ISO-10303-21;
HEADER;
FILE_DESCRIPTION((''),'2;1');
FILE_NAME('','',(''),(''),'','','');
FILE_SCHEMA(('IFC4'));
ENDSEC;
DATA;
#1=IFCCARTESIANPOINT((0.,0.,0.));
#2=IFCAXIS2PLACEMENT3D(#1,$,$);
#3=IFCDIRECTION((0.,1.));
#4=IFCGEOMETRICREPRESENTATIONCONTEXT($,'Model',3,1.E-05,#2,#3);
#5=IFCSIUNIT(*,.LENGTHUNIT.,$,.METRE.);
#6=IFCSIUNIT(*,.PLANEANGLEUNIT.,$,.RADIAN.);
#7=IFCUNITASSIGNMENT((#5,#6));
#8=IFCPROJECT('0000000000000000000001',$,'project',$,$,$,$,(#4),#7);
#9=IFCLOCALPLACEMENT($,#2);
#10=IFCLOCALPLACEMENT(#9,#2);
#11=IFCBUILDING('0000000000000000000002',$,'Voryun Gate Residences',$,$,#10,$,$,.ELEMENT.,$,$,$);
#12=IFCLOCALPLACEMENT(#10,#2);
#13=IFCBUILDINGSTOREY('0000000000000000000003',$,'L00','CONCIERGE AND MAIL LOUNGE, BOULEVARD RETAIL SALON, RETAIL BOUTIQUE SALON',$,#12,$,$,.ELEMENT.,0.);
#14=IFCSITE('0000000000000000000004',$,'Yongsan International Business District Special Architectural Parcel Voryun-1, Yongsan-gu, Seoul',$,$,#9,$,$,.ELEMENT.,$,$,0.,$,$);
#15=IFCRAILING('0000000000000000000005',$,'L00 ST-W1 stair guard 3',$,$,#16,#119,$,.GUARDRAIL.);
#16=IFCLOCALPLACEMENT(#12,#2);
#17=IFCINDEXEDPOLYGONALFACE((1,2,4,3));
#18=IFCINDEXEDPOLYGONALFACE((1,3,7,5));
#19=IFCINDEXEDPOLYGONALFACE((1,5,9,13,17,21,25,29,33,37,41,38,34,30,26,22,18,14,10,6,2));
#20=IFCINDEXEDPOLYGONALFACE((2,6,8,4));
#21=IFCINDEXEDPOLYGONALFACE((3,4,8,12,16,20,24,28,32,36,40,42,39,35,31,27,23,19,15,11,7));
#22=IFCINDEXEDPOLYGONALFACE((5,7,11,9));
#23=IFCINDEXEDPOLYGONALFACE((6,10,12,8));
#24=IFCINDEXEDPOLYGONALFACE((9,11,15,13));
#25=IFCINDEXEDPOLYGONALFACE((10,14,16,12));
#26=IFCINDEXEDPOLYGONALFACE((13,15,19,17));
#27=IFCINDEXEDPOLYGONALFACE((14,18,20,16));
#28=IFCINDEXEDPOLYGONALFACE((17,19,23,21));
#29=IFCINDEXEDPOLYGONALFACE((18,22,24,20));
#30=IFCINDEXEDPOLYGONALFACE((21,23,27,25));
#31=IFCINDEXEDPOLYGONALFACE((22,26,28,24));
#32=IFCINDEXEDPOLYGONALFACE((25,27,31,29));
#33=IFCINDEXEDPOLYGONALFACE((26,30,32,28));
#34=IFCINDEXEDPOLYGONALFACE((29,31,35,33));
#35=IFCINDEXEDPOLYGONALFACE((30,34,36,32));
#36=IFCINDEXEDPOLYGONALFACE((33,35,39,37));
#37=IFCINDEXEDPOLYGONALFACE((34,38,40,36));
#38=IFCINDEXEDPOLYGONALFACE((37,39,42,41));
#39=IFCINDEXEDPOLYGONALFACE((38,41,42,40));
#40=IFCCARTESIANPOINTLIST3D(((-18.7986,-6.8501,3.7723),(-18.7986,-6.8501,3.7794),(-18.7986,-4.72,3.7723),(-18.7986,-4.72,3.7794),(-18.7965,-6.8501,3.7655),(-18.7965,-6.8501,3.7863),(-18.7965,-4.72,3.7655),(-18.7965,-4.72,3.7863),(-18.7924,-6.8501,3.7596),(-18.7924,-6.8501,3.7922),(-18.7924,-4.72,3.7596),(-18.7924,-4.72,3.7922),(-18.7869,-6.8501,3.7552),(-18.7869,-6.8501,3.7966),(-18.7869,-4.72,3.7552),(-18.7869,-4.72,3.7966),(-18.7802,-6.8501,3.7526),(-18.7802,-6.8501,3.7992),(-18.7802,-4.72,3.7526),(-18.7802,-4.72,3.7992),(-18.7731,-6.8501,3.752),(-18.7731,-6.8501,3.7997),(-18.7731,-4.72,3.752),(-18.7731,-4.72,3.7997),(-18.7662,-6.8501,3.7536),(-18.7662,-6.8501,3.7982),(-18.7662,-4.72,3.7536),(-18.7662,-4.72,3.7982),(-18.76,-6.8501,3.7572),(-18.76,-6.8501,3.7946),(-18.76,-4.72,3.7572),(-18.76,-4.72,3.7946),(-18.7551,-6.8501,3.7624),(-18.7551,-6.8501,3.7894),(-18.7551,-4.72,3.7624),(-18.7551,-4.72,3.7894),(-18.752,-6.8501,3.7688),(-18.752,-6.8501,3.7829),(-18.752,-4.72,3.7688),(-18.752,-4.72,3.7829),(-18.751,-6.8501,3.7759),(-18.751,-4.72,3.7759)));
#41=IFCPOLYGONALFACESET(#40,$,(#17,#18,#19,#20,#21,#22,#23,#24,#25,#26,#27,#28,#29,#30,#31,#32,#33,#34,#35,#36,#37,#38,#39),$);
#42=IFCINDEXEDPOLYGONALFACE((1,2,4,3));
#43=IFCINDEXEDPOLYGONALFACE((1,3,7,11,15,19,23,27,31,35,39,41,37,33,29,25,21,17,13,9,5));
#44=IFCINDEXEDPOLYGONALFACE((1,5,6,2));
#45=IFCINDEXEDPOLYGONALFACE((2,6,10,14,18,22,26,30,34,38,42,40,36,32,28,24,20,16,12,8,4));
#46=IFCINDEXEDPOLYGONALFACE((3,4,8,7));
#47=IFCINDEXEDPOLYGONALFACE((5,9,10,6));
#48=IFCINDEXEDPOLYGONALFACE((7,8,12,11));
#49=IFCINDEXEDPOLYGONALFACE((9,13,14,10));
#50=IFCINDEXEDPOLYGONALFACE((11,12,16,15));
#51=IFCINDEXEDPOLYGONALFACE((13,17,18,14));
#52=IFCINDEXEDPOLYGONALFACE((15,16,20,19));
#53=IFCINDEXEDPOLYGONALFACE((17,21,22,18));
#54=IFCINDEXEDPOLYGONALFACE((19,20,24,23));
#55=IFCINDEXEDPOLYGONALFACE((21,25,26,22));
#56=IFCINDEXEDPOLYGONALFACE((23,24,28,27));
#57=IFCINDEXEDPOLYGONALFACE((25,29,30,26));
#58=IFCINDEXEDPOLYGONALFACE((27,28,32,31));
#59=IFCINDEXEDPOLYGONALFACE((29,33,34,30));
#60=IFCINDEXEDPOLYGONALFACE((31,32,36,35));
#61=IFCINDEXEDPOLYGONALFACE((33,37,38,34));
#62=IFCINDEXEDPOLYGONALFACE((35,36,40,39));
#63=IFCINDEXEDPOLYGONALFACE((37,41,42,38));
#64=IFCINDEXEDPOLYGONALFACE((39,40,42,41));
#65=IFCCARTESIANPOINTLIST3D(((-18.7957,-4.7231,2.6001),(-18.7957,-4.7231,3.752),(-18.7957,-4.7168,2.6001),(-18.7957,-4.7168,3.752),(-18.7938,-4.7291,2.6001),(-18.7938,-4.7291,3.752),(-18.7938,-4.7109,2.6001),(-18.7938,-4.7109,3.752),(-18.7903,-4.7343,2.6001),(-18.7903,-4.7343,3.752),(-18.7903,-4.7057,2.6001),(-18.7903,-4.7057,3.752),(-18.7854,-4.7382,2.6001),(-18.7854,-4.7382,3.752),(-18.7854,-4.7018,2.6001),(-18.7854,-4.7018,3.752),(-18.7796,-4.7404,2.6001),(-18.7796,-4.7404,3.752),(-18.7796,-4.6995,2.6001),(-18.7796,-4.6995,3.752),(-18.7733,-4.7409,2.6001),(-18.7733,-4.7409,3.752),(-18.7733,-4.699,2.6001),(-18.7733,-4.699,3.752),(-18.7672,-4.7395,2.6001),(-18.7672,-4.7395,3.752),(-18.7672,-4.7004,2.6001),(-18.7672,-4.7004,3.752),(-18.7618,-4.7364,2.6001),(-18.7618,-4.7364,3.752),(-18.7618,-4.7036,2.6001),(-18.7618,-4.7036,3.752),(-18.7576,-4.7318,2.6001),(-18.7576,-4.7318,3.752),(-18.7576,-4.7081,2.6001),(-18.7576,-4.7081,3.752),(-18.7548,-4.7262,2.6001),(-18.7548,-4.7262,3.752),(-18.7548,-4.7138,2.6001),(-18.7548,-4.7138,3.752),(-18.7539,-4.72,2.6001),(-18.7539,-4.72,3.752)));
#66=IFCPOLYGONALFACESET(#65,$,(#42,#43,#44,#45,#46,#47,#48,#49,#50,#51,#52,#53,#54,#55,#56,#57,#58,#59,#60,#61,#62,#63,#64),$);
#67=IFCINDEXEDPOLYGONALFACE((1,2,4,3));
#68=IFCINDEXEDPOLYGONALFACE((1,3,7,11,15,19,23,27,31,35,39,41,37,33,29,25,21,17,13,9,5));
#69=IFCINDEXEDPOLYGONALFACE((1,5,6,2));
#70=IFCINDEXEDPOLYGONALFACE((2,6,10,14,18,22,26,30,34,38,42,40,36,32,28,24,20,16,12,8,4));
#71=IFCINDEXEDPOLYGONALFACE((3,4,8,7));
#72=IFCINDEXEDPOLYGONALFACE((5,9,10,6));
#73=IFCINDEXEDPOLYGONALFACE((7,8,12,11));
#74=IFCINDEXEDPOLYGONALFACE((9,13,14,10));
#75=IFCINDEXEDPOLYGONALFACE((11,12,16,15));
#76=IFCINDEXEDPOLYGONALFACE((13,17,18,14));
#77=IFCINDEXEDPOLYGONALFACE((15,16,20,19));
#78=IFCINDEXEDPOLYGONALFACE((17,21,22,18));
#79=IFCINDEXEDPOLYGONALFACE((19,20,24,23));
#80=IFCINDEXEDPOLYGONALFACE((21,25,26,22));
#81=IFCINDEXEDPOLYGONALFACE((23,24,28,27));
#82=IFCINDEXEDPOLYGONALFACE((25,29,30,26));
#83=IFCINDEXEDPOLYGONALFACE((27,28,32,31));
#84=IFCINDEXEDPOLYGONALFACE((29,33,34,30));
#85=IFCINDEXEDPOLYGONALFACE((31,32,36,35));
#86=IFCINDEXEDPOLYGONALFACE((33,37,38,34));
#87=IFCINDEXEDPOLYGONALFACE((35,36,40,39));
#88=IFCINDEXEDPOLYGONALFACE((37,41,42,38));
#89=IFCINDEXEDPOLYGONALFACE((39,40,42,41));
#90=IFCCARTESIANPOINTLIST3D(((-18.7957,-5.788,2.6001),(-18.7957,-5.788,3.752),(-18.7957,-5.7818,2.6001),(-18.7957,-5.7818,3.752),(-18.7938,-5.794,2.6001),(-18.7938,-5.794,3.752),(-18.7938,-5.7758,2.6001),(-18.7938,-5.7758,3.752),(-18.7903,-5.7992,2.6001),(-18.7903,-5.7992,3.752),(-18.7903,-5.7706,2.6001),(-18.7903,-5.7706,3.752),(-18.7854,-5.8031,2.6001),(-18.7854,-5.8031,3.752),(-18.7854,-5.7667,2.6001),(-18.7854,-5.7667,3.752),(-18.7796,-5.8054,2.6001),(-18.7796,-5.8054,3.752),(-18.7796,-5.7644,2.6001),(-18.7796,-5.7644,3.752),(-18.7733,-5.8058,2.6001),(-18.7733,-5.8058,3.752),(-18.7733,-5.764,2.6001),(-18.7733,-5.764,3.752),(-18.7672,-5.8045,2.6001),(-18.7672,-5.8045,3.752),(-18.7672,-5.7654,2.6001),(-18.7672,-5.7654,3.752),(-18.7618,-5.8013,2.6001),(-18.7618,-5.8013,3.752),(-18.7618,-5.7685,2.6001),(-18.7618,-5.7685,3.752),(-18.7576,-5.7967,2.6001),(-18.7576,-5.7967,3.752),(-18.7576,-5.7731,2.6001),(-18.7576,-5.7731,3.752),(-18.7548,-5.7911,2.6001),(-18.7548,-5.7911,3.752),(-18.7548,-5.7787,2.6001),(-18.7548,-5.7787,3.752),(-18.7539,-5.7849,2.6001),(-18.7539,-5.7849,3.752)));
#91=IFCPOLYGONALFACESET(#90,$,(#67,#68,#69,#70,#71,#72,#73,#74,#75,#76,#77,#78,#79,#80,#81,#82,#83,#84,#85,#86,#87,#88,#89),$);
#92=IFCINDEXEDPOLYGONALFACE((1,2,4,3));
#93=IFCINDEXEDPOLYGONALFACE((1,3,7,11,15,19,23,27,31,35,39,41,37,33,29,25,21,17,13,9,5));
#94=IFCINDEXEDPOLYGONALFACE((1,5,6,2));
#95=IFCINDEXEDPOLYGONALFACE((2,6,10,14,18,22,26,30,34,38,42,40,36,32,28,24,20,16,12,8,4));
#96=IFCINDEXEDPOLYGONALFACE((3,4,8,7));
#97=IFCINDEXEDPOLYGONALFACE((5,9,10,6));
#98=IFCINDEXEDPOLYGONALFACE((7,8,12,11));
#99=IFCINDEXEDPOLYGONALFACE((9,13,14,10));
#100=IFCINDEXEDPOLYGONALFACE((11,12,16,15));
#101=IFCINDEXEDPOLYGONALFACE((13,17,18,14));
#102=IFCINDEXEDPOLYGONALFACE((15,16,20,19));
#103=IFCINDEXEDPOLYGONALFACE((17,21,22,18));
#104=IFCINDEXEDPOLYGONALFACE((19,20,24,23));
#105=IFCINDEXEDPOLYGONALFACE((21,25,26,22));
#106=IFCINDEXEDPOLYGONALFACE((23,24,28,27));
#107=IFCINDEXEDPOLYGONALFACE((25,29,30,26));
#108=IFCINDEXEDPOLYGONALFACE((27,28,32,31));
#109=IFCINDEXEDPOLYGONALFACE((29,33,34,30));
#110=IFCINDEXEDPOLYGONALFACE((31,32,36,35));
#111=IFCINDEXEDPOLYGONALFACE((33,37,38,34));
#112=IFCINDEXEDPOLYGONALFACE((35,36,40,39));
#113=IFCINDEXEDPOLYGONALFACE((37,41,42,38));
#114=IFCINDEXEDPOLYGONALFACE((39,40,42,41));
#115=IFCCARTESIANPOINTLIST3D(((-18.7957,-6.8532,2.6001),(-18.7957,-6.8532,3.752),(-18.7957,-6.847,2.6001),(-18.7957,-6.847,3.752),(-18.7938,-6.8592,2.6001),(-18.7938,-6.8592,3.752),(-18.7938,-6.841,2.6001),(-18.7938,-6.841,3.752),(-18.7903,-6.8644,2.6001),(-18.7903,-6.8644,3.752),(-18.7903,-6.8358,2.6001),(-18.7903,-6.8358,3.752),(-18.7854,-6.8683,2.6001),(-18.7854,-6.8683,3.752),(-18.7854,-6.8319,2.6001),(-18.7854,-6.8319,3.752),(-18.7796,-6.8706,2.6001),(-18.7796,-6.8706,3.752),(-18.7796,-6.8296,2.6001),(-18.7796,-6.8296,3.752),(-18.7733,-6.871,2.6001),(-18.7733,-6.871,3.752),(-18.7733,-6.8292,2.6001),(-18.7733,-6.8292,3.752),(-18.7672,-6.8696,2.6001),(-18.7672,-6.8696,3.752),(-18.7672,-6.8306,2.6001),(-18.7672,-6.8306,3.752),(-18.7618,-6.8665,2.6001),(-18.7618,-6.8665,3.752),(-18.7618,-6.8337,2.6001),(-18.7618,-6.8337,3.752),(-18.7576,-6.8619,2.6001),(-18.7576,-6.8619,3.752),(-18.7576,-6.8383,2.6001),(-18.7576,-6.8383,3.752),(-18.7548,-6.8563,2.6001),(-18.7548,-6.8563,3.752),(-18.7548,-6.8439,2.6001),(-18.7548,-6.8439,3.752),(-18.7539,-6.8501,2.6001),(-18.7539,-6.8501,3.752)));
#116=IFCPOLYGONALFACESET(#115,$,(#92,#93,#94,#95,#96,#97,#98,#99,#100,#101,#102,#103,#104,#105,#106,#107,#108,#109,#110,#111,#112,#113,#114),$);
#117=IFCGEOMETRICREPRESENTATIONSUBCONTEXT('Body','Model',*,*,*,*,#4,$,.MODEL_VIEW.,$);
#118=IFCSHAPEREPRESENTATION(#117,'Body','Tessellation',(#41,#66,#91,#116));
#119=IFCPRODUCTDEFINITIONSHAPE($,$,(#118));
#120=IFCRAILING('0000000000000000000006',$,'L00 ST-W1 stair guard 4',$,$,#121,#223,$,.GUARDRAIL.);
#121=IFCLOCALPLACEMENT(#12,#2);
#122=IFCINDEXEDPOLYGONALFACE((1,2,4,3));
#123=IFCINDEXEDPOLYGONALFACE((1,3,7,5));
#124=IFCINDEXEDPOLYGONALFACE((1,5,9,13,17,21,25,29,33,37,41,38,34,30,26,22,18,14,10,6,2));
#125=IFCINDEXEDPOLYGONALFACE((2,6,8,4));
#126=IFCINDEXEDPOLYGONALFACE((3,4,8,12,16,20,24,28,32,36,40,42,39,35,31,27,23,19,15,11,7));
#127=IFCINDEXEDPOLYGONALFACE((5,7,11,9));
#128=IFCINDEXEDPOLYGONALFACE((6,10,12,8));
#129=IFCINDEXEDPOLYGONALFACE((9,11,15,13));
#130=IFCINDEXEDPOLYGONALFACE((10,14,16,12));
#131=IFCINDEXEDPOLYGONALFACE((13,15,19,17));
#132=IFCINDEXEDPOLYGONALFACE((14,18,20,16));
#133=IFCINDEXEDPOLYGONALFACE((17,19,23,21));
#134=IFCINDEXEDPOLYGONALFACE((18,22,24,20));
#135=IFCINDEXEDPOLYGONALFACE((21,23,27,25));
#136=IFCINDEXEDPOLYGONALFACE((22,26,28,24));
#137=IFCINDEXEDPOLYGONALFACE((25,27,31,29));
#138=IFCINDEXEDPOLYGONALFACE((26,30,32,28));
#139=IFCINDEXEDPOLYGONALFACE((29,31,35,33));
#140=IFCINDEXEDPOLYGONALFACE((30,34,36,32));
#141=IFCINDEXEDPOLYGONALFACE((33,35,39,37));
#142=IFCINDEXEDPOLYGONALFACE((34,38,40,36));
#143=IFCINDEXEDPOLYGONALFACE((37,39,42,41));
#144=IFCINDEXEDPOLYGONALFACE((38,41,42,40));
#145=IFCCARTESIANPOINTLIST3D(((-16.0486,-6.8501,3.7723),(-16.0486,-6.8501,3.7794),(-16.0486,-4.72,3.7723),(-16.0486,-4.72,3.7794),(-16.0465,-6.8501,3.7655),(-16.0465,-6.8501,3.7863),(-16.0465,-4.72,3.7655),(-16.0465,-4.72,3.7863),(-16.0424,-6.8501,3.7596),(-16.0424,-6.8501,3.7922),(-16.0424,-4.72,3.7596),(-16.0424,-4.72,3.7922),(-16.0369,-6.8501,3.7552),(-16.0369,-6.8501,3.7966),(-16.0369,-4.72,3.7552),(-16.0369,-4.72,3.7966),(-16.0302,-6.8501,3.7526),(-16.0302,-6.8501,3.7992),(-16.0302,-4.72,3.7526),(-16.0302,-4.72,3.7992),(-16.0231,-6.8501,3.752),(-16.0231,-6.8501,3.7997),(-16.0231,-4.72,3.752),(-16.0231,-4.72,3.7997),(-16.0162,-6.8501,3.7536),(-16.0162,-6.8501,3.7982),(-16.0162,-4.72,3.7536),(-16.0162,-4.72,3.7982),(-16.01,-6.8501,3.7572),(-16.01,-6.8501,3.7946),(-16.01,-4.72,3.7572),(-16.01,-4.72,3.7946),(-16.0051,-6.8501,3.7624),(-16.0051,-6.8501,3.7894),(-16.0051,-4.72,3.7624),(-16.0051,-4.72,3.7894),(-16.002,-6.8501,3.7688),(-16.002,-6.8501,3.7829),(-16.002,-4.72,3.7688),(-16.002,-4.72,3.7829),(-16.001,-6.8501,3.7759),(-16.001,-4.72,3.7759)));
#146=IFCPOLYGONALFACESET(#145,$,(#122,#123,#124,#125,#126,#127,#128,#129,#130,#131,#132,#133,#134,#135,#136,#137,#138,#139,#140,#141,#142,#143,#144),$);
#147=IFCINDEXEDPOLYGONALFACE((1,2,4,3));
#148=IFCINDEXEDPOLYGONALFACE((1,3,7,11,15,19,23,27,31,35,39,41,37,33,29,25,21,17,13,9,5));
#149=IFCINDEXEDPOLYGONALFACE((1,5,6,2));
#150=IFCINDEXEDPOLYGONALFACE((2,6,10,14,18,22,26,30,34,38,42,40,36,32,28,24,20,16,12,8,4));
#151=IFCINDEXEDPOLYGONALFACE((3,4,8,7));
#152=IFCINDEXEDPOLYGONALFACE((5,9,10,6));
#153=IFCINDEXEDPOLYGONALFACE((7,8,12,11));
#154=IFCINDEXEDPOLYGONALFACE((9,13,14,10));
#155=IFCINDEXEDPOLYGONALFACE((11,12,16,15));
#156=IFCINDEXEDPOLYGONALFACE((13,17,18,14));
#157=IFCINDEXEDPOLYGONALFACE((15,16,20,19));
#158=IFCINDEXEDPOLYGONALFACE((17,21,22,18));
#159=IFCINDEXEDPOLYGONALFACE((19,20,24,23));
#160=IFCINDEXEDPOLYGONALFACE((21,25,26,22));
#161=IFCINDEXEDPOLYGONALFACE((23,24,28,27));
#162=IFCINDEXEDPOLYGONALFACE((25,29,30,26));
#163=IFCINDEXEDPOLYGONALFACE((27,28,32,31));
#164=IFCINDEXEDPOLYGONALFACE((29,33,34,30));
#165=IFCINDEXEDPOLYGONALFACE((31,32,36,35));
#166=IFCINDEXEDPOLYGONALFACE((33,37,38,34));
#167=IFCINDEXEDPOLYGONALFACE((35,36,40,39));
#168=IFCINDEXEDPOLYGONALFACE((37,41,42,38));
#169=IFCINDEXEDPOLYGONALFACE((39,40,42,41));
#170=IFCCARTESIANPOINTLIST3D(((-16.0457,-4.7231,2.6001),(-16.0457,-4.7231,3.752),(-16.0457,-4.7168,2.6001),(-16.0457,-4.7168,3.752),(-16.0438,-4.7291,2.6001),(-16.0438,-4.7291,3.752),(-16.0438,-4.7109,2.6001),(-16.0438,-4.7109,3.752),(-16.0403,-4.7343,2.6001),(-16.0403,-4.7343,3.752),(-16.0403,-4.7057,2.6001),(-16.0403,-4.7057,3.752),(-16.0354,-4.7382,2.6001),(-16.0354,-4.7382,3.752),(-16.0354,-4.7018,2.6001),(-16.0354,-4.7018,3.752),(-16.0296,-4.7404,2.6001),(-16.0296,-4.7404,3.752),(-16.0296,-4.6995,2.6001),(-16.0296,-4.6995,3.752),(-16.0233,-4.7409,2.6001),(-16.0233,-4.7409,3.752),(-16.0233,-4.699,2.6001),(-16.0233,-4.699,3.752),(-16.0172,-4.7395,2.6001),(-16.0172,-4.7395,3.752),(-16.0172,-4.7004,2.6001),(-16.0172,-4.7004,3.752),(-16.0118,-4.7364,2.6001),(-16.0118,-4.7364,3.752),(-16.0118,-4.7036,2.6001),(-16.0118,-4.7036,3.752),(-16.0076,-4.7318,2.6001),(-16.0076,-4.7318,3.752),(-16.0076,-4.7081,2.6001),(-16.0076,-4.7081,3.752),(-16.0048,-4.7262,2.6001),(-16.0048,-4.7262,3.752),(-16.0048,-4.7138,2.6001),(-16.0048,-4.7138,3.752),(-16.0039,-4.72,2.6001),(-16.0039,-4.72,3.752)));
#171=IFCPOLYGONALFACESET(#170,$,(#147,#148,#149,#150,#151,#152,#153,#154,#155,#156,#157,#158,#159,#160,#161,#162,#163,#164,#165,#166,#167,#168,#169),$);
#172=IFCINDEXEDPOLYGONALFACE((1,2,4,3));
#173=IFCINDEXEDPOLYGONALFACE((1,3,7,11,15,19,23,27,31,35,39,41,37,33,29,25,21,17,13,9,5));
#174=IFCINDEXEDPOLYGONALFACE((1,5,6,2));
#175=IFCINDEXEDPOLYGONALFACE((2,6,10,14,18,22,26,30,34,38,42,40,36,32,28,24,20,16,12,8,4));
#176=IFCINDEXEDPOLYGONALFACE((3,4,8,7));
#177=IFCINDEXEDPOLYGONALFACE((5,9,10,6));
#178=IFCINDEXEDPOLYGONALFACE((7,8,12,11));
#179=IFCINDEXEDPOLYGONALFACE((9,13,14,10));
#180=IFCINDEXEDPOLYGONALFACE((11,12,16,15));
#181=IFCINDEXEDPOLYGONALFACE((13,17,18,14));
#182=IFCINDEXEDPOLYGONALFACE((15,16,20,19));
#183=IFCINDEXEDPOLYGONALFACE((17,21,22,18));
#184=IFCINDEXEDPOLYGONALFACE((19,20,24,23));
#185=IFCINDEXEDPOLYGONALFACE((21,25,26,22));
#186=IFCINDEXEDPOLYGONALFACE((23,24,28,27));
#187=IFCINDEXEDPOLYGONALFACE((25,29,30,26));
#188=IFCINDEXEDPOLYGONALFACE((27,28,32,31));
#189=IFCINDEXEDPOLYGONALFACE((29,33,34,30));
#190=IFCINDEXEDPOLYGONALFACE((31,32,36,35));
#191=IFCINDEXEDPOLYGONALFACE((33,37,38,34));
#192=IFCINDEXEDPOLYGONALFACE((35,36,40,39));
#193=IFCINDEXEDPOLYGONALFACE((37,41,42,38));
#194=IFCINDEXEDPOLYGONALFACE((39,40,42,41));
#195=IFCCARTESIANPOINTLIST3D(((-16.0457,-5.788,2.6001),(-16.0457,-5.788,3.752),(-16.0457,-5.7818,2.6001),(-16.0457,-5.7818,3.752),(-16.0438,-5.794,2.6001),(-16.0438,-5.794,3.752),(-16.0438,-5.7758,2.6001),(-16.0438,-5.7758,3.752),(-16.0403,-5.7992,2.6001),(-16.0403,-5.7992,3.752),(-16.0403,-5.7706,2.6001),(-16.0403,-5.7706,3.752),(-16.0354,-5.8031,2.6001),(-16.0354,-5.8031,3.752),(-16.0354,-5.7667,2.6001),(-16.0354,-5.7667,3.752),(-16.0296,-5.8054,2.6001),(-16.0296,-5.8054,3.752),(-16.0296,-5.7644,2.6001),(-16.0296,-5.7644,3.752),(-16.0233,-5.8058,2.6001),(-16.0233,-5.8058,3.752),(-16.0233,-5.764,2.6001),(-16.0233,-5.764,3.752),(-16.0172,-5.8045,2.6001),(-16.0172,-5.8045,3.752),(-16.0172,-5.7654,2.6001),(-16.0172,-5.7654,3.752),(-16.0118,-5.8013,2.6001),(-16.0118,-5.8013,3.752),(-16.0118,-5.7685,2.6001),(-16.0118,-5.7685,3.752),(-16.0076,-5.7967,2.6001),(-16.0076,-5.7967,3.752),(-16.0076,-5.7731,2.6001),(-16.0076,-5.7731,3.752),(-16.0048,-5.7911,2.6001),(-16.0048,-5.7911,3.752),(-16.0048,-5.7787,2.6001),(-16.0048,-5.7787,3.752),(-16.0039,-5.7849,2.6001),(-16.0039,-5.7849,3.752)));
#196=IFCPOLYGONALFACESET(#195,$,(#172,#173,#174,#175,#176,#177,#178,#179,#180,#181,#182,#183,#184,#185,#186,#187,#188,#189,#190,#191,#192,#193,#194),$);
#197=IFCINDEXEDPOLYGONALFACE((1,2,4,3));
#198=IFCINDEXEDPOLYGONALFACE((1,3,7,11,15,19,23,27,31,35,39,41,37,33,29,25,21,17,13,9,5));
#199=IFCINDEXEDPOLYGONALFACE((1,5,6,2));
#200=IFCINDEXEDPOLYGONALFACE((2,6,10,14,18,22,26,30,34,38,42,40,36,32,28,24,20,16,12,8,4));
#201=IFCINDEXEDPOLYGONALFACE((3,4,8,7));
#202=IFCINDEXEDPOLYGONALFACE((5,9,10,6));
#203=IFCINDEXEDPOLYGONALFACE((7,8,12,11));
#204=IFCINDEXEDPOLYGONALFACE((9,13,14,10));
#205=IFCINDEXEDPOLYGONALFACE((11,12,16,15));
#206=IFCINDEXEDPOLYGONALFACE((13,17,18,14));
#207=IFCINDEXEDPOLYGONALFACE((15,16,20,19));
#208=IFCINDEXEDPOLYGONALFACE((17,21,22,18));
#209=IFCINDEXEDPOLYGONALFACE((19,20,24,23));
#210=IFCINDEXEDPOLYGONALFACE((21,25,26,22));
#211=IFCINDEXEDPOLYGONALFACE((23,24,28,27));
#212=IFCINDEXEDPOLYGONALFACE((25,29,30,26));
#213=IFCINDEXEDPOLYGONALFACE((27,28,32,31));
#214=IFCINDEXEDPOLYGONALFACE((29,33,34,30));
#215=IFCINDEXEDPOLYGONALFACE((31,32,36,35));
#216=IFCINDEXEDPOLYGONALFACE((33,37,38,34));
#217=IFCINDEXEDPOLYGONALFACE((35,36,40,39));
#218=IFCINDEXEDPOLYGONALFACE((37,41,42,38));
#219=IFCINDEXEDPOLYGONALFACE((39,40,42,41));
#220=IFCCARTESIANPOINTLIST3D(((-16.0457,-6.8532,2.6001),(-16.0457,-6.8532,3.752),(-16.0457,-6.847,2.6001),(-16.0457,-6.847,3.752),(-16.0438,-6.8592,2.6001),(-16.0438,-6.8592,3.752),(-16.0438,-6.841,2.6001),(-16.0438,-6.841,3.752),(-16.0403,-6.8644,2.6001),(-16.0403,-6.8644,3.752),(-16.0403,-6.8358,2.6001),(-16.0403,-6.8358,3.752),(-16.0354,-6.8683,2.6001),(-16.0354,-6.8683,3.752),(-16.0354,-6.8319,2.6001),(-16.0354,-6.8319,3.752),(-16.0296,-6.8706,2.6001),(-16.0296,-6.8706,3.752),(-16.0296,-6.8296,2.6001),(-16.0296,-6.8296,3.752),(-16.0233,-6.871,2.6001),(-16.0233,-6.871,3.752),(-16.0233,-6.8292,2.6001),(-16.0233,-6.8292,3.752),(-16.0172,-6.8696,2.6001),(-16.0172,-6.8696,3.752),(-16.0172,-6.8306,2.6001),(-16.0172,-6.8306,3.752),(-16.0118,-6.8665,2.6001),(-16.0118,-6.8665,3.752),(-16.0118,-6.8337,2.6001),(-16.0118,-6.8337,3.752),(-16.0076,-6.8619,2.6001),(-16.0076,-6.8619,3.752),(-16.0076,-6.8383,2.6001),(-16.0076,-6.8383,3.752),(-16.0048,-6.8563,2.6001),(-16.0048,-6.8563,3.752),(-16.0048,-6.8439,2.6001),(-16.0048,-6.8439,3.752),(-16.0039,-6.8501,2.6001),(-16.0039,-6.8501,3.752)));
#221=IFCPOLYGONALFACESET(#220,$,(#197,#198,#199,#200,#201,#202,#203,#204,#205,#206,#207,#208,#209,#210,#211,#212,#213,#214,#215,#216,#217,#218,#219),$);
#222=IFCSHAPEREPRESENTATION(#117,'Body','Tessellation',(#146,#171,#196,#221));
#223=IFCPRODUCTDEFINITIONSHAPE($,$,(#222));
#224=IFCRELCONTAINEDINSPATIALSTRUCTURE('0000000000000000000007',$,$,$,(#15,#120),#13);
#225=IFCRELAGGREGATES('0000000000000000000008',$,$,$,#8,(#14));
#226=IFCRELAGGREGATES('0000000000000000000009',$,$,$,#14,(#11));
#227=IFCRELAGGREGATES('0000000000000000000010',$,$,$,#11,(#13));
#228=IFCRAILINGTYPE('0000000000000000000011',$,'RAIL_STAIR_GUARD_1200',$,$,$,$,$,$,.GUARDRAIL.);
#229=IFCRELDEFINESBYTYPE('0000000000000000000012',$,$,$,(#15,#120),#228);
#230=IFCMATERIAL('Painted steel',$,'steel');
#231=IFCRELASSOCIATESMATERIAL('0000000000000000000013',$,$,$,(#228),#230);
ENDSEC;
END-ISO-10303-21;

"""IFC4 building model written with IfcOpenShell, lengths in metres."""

from ifc_helpers import new_model, si_unit, direction, frame, origin, origin_2d, place, context, subcontext, project, spatial, circle, extrude, material, type_object, element, save


model = new_model("IFC4")

# Units and contexts
model_context = context("Model", 3, precision=1e-05, world=origin(), true_north=direction((0.0, 1.0)))
body_context = subcontext(model_context, "Body", "Model", "MODEL_VIEW")
ifc_project = project(units=[si_unit("LENGTHUNIT", "METRE"), si_unit("PLANEANGLEUNIT", "RADIAN")], contexts=[model_context])

# Site, building, storey
site_placement = place(None, origin())
site = spatial("IfcSite", under=ifc_project, at=site_placement, Name="Yongsan International Business District Special Architectural Parcel Voryun-1, Yongsan-gu, Seoul", CompositionType="ELEMENT", RefElevation=0.0)
building_placement = place(site_placement, origin())
building = spatial("IfcBuilding", under=site, at=building_placement, Name="Voryun Gate Residences", CompositionType="ELEMENT")
storey_placement = place(building_placement, origin())
storey = spatial("IfcBuildingStorey", under=building, at=storey_placement, Name="L00", Description="CONCIERGE AND MAIL LOUNGE, BOULEVARD RETAIL SALON, RETAIL BOUTIQUE SALON", CompositionType="ELEMENT", Elevation=0.0)

# Railings
ifc_material_1 = material(Name="Painted steel", Category="steel")
railing_type_1 = type_object("IfcRailingType", Name="RAIL_STAIR_GUARD_1200", PredefinedType="GUARDRAIL", material=ifc_material_1)
for number, where, name in (
    (1, (-18.7749, -4.72, 2.6001), "L00 ST-W1 stair guard 3"),
    (2, (-16.0249, -4.72, 2.6001), "L00 ST-W1 stair guard 4"),
):
    element("IfcRailing", number, at=place(storey_placement, frame(where)), inside=storey, type_object=railing_type_1, Name=name, PredefinedType="GUARDRAIL", context=body_context, shape_type="SweptSolid", body=[
        extrude(circle(Radius=0.0239, at=origin_2d()), frame((0.0, 0.0, 1.1758), z_axis=(0.0, -1.0, 0.0), x_axis=(1.0, 0.0, 0.0)), (0.0, 0.0, 1.0), 2.1301),
        extrude(circle(Radius=0.021, at=origin_2d()), origin(), (0.0, 0.0, 1.0), 1.1519),
        extrude(circle(Radius=0.021, at=origin_2d()), frame((0.0, -1.0649, 0.0)), (0.0, 0.0, 1.0), 1.1519),
        extrude(circle(Radius=0.021, at=origin_2d()), frame((0.0, -2.1301, 0.0)), (0.0, 0.0, 1.0), 1.1519),
    ])

save(model, "model.ifc")
